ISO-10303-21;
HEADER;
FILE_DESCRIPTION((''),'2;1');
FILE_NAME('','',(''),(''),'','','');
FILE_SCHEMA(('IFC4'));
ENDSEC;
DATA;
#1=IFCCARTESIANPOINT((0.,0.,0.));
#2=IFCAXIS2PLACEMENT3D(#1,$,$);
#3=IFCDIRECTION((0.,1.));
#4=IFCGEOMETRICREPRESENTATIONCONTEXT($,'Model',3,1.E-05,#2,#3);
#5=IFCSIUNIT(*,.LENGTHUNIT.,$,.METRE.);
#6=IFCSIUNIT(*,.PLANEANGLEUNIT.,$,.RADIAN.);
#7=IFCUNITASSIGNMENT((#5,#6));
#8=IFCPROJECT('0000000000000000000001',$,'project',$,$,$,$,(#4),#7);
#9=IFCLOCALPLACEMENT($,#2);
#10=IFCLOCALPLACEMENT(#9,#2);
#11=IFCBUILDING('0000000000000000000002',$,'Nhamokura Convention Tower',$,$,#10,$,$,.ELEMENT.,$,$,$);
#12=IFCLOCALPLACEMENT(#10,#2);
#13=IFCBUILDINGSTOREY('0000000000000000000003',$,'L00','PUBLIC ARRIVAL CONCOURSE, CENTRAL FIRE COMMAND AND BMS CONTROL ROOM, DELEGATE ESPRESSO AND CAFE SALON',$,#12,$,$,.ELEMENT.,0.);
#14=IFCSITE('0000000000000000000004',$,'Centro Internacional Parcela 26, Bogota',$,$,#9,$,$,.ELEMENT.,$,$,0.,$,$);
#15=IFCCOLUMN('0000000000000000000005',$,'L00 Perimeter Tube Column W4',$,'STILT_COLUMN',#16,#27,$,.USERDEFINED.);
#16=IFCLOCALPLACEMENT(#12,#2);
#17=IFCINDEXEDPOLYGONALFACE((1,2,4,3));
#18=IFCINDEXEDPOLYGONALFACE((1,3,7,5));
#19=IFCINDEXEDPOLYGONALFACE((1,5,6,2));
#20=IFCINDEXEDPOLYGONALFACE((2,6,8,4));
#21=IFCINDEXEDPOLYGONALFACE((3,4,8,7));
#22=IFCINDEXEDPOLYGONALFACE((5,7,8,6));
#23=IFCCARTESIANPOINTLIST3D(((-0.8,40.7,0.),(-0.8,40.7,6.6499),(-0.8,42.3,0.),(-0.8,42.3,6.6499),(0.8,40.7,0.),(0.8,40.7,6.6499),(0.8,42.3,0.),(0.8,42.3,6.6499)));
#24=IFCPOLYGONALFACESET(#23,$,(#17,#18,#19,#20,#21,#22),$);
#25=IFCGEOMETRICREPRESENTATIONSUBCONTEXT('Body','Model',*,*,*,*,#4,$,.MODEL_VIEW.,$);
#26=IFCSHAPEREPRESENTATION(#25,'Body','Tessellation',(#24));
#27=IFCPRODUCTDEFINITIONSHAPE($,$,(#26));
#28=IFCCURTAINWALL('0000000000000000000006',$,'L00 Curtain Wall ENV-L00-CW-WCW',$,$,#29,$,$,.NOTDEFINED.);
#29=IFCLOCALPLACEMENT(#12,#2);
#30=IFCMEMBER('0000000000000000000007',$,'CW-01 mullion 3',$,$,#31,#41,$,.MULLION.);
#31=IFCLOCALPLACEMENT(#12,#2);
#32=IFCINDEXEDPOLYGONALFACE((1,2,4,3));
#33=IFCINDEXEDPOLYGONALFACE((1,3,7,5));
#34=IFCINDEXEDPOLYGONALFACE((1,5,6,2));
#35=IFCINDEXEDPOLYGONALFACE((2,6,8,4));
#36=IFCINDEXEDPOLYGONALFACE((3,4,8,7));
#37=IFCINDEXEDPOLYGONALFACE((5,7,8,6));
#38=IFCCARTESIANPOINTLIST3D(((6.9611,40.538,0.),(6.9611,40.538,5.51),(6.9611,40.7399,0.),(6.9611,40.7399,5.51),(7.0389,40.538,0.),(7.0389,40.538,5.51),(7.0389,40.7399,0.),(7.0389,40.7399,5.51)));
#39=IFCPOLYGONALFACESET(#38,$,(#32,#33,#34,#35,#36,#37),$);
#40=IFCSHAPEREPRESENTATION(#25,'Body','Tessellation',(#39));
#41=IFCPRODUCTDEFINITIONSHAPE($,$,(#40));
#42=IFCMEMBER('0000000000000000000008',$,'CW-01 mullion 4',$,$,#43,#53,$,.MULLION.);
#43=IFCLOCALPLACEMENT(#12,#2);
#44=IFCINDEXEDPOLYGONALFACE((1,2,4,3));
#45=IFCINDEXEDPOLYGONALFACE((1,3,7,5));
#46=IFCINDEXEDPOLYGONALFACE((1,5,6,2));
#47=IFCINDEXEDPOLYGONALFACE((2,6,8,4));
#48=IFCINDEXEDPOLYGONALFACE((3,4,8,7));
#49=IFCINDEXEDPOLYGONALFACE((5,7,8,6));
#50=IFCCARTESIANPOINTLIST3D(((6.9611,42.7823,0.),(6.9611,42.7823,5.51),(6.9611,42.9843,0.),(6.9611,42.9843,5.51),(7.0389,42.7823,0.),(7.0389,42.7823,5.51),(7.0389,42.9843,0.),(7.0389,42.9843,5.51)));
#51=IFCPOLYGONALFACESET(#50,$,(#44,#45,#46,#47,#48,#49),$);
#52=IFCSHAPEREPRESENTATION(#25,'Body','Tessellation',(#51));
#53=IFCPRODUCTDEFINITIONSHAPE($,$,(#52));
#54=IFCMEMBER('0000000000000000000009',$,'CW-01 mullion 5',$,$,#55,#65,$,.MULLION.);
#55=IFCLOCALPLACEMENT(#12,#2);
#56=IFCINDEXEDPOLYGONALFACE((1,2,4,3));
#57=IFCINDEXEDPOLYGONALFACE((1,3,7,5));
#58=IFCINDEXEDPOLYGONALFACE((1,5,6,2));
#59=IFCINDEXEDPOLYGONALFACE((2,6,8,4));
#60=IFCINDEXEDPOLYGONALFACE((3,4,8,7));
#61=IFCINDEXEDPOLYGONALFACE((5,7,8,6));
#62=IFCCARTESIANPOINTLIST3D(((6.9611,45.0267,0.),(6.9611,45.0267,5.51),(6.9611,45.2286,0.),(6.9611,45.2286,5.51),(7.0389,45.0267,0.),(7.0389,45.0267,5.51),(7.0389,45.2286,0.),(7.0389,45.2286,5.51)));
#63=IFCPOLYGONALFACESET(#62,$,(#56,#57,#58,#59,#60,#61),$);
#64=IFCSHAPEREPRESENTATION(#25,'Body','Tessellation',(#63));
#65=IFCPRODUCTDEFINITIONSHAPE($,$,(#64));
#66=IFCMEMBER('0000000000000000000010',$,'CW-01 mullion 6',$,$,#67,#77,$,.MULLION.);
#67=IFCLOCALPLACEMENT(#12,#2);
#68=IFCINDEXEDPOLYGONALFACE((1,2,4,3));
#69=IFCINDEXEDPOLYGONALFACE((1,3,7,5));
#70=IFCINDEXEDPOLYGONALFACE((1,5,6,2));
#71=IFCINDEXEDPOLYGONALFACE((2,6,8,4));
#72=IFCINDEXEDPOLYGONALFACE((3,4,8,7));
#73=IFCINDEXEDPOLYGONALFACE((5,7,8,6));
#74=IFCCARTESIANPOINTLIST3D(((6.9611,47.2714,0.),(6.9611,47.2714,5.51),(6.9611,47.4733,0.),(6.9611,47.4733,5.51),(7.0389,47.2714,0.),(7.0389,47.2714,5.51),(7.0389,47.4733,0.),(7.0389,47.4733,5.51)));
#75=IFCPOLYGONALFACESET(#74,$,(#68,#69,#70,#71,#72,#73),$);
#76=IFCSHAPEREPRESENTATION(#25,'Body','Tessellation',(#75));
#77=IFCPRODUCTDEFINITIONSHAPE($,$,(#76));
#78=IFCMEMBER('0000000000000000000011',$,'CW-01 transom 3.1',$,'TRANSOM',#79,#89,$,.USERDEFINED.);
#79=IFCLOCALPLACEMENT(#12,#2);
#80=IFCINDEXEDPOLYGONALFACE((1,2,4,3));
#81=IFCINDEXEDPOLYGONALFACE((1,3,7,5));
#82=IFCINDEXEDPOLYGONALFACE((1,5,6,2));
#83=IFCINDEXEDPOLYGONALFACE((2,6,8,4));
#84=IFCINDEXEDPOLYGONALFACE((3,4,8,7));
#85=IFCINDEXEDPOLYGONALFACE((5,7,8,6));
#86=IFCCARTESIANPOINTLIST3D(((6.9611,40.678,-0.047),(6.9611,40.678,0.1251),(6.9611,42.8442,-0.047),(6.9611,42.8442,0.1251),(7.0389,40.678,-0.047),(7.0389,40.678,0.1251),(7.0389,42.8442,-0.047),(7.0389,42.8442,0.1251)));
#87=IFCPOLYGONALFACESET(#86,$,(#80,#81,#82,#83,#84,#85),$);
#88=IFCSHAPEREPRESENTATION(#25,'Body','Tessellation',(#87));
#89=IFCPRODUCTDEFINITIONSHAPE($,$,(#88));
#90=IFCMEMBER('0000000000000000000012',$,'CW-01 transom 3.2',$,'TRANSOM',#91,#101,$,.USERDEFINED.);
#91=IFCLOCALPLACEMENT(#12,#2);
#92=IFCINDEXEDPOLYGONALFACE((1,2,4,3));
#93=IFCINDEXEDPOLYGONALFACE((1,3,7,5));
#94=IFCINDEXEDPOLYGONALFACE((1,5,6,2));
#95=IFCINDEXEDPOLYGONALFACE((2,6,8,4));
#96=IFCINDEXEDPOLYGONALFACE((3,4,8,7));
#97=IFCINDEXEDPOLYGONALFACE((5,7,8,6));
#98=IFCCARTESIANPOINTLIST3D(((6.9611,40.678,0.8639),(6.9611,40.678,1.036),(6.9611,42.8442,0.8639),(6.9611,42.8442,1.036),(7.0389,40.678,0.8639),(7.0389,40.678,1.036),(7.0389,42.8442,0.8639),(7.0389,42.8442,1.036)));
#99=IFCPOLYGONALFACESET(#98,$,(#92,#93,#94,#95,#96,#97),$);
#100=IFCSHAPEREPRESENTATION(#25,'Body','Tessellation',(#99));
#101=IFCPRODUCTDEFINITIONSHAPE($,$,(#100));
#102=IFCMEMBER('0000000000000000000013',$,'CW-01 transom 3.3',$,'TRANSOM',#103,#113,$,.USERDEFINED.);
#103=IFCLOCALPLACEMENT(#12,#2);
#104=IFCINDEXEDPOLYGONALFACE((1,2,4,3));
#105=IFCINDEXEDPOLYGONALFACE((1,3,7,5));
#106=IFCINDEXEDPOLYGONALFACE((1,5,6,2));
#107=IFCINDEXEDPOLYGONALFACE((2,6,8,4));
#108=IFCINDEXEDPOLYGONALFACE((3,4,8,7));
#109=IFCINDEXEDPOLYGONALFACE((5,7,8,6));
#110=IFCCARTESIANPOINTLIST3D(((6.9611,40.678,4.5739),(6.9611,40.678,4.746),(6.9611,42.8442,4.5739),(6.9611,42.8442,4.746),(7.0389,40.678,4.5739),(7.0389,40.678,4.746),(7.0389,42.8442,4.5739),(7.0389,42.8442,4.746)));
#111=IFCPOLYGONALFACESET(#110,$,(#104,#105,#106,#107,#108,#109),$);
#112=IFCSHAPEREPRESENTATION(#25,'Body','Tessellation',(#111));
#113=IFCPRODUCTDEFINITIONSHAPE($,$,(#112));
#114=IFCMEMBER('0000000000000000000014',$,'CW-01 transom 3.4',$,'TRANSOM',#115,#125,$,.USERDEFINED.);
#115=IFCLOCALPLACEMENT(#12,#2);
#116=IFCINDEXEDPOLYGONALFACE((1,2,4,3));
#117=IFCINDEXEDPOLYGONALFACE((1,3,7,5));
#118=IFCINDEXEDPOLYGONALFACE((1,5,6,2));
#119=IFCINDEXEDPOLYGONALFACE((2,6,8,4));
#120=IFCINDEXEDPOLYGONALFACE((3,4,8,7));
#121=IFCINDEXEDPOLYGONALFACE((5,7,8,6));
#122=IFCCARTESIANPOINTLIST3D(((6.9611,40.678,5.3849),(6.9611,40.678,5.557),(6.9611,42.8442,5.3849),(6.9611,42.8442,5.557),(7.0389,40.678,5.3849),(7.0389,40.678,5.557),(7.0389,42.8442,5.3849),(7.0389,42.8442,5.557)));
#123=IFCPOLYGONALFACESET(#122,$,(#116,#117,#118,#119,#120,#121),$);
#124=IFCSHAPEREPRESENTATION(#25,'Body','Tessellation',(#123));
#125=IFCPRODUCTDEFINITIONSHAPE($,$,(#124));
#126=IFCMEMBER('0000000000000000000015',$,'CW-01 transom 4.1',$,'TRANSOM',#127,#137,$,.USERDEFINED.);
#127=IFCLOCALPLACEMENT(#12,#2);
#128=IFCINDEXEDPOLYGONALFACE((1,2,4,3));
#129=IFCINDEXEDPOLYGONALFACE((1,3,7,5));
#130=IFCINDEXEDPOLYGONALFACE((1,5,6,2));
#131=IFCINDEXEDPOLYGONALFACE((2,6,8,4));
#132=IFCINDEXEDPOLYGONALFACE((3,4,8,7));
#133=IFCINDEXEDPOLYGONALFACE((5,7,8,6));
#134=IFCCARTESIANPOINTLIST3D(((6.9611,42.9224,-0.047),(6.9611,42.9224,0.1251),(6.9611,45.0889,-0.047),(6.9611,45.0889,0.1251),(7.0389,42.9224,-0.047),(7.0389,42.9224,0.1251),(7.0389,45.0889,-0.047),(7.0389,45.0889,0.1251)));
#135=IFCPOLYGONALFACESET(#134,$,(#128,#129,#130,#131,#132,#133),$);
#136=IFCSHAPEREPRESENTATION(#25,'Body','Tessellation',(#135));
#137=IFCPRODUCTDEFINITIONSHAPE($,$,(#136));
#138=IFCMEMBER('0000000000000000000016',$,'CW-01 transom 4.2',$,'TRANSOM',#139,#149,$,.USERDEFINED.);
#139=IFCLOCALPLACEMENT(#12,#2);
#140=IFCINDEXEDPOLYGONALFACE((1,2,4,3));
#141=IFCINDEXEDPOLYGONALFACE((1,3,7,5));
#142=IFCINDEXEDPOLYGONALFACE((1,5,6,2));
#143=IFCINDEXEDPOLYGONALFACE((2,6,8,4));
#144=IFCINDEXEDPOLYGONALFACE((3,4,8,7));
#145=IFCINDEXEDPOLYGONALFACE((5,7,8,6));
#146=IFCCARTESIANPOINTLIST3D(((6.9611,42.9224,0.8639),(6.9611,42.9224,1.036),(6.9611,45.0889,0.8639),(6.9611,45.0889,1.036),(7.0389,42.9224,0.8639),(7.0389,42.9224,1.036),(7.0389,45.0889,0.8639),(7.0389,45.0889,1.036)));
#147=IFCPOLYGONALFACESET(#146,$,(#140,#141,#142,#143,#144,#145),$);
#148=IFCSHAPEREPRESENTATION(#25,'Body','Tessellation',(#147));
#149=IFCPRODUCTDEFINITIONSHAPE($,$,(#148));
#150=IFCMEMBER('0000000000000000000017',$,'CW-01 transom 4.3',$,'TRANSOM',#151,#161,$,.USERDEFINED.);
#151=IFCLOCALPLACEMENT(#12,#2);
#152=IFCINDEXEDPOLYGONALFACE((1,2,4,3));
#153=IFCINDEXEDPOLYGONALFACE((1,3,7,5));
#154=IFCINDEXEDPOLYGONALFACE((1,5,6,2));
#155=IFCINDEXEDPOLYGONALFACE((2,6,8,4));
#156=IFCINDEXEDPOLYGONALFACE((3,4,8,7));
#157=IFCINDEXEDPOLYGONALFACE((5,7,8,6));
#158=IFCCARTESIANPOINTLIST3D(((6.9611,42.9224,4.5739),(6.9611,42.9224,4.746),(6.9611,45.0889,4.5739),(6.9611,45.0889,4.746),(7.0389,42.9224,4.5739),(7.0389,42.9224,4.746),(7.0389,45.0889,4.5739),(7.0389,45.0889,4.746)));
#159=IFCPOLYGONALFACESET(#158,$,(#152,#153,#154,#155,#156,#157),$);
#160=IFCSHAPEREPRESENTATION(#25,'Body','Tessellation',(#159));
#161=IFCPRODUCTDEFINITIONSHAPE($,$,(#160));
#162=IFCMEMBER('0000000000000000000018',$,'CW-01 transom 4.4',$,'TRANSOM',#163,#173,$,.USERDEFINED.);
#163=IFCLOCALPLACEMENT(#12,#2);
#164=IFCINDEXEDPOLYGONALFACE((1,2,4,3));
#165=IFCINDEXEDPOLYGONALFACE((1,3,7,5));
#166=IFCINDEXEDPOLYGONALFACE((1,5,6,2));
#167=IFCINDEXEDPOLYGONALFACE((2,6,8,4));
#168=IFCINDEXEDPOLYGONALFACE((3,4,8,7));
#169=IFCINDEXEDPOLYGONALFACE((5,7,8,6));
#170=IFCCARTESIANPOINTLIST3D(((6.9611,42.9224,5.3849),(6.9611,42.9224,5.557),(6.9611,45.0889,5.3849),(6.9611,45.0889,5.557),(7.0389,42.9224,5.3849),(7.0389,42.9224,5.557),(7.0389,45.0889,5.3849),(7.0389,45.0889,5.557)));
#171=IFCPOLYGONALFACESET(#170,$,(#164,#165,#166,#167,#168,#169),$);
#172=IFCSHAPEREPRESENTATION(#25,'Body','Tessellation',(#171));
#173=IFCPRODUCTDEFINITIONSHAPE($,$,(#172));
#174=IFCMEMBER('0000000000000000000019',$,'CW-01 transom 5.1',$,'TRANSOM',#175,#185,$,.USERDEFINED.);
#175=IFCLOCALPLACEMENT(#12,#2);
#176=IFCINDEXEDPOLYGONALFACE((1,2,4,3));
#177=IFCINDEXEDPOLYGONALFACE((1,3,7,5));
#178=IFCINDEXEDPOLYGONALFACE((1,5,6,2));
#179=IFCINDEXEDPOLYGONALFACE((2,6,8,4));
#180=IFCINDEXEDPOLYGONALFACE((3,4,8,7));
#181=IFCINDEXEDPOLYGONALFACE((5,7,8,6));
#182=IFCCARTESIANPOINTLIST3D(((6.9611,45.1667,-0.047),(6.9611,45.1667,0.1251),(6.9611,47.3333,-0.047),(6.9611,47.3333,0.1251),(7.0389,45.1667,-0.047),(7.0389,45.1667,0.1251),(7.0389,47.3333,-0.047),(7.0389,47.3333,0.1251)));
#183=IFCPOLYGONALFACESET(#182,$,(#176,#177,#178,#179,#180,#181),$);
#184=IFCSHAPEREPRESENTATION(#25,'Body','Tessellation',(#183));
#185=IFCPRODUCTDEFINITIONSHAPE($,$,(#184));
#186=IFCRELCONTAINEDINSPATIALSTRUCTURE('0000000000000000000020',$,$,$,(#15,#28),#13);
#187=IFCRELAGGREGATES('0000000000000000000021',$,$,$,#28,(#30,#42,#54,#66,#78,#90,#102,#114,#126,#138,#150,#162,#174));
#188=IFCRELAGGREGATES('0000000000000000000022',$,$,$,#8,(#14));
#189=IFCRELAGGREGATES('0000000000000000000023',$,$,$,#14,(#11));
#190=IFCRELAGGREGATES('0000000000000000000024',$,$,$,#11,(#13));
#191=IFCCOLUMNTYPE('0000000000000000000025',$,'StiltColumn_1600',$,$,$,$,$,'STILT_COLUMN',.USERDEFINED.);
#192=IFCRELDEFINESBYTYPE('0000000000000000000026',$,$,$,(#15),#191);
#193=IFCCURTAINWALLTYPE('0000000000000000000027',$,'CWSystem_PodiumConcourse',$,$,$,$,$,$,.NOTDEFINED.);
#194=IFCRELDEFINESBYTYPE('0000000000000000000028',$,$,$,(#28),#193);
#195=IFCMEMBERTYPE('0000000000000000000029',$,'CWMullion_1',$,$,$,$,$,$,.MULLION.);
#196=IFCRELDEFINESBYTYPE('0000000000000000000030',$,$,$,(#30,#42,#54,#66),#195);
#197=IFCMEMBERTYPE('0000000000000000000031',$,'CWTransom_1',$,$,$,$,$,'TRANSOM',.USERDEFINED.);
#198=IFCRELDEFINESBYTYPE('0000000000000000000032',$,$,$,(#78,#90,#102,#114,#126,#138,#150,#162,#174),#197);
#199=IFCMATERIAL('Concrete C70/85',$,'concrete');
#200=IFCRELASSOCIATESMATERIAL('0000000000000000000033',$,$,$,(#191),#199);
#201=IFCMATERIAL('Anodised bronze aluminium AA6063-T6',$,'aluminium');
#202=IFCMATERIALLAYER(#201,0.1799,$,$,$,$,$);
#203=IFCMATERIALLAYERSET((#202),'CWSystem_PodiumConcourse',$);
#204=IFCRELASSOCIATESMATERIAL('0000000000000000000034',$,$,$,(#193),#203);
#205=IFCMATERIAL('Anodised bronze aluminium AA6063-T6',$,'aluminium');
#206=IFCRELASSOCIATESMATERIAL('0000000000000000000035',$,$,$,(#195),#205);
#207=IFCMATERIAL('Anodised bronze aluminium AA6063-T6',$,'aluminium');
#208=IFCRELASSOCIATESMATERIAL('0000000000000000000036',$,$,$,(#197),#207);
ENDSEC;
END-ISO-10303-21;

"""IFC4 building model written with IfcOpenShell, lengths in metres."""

from ifc_helpers import new_model, si_unit, direction, frame, origin, origin_2d, place, context, subcontext, project, spatial, rectangle, extrude, material, layer, layer_set, material_profile, profile_set, type_object, element, aggregate, save


model = new_model("IFC4")

# Units and contexts
model_context = context("Model", 3, precision=1e-05, world=origin(), true_north=direction((0.0, 1.0)))
body_context = subcontext(model_context, "Body", "Model", "MODEL_VIEW")
ifc_project = project(units=[si_unit("LENGTHUNIT", "METRE"), si_unit("PLANEANGLEUNIT", "RADIAN")], contexts=[model_context])

# Site, building, storey
site_placement = place(None, origin())
site = spatial("IfcSite", under=ifc_project, at=site_placement, Name="Centro Internacional Parcela 26, Bogota", CompositionType="ELEMENT", RefElevation=0.0)
building_placement = place(site_placement, origin())
building = spatial("IfcBuilding", under=site, at=building_placement, Name="Nhamokura Convention Tower", CompositionType="ELEMENT")
storey_placement = place(building_placement, origin())
storey = spatial("IfcBuildingStorey", under=building, at=storey_placement, Name="L00", Description="PUBLIC ARRIVAL CONCOURSE, CENTRAL FIRE COMMAND AND BMS CONTROL ROOM, DELEGATE ESPRESSO AND CAFE SALON", CompositionType="ELEMENT", Elevation=0.0)

# Column
ifc_material_1 = material(Name="Concrete C70/85", Category="concrete")
ifc_material_profile_1 = material_profile(ifc_material_1, rectangle(XDim=1.6001, YDim=1.6001, at=origin_2d()))
ifc_profile_set_1 = profile_set([ifc_material_profile_1], Name="Concrete C70/85")
column_type = type_object("IfcColumnType", Name="StiltColumn_1600", ElementType="STILT_COLUMN", PredefinedType="USERDEFINED", material=ifc_profile_set_1)
column_placement = place(storey_placement, frame((0.0, 41.5, 0.0), z_axis=(0.0, 0.0, 1.0), x_axis=(1.0, 0.0, 0.0)))
element("IfcColumn", 1, at=column_placement, inside=storey, type_object=column_type, Name="L00 Perimeter Tube Column W4", ObjectType="STILT_COLUMN", PredefinedType="USERDEFINED", context=body_context, shape_type="SweptSolid", body=[
    extrude(rectangle(XDim=1.6001, YDim=1.6001, at=origin_2d()), origin(), (0.0, 0.0, 1.0), 6.6499),
])

# Curtain wall, members
ifc_material_2 = material(Name="Anodised bronze aluminium AA6063-T6", Category="aluminium")
ifc_layer_1 = layer(ifc_material_2, 0.1799)
ifc_layer_set_1 = layer_set([ifc_layer_1], Name="CWSystem_PodiumConcourse")
curtain_wall_type = type_object("IfcCurtainWallType", Name="CWSystem_PodiumConcourse", PredefinedType="NOTDEFINED", material=ifc_layer_set_1)
curtain_wall_placement = place(storey_placement, origin())
curtain_wall = element("IfcCurtainWall", 2, at=curtain_wall_placement, inside=storey, type_object=curtain_wall_type, Name="L00 Curtain Wall ENV-L00-CW-WCW", PredefinedType="NOTDEFINED")
ifc_material_3 = material(Name="Anodised bronze aluminium AA6063-T6", Category="aluminium")
ifc_material_profile_2 = material_profile(ifc_material_3, rectangle(XDim=0.0779, YDim=0.2019, at=origin_2d()))
ifc_profile_set_2 = profile_set([ifc_material_profile_2], Name="Anodised bronze aluminium AA6063-T6")
member_type_1 = type_object("IfcMemberType", Name="CWMullion_1", PredefinedType="MULLION", material=ifc_profile_set_2)
member_1_placement = place(storey_placement, frame((7.0, 40.6389, 0.0), z_axis=(0.0, 0.0, 1.0), x_axis=(-1.0, 0.0, 0.0)))
member_1 = element("IfcMember", 3, at=member_1_placement, type_object=member_type_1, Name="CW-01 mullion 3", PredefinedType="MULLION", context=body_context, shape_type="SweptSolid", body=[
    extrude(rectangle(XDim=0.0779, YDim=0.2019, at=origin_2d()), origin(), (0.0, 0.0, 1.0), 5.51),
])
member_2_placement = place(storey_placement, frame((7.0, 42.8833, 0.0), z_axis=(0.0, 0.0, 1.0), x_axis=(-1.0, 0.0, 0.0)))
member_2 = element("IfcMember", 4, at=member_2_placement, type_object=member_type_1, Name="CW-01 mullion 4", PredefinedType="MULLION", context=body_context, shape_type="SweptSolid", body=[
    extrude(rectangle(XDim=0.0779, YDim=0.2019, at=origin_2d()), origin(), (0.0, 0.0, 1.0), 5.51),
])
member_3_placement = place(storey_placement, frame((7.0, 45.1277, 0.0), z_axis=(0.0, 0.0, 1.0), x_axis=(-1.0, 0.0, 0.0)))
member_3 = element("IfcMember", 5, at=member_3_placement, type_object=member_type_1, Name="CW-01 mullion 5", PredefinedType="MULLION", context=body_context, shape_type="SweptSolid", body=[
    extrude(rectangle(XDim=0.0779, YDim=0.2019, at=origin_2d()), origin(), (0.0, 0.0, 1.0), 5.51),
])
member_4_placement = place(storey_placement, frame((7.0, 47.3723, 0.0), z_axis=(0.0, 0.0, 1.0), x_axis=(-1.0, 0.0, 0.0)))
member_4 = element("IfcMember", 6, at=member_4_placement, type_object=member_type_1, Name="CW-01 mullion 6", PredefinedType="MULLION", context=body_context, shape_type="SweptSolid", body=[
    extrude(rectangle(XDim=0.0779, YDim=0.2019, at=origin_2d()), origin(), (0.0, 0.0, 1.0), 5.51),
])
ifc_material_4 = material(Name="Anodised bronze aluminium AA6063-T6", Category="aluminium")
ifc_material_profile_3 = material_profile(ifc_material_4, rectangle(XDim=0.0779, YDim=0.1721, at=origin_2d()))
ifc_profile_set_3 = profile_set([ifc_material_profile_3], Name="Anodised bronze aluminium AA6063-T6")
member_type_2 = type_object("IfcMemberType", Name="CWTransom_1", ElementType="TRANSOM", PredefinedType="USERDEFINED", material=ifc_profile_set_3)
member_5_placement = place(storey_placement, frame((7.0, 40.678, 0.0391), z_axis=(0.0, 1.0, 0.0), x_axis=(-1.0, 0.0, 0.0)))
member_5 = element("IfcMember", 7, at=member_5_placement, type_object=member_type_2, Name="CW-01 transom 3.1", ObjectType="TRANSOM", PredefinedType="USERDEFINED", context=body_context, shape_type="SweptSolid", body=[
    extrude(rectangle(XDim=0.0779, YDim=0.1721, at=origin_2d()), origin(), (0.0, 0.0, 1.0), 2.1663),
])
member_6_placement = place(storey_placement, frame((7.0, 40.678, 0.95), z_axis=(0.0, 1.0, 0.0), x_axis=(-1.0, 0.0, 0.0)))
member_6 = element("IfcMember", 8, at=member_6_placement, type_object=member_type_2, Name="CW-01 transom 3.2", ObjectType="TRANSOM", PredefinedType="USERDEFINED", context=body_context, shape_type="SweptSolid", body=[
    extrude(rectangle(XDim=0.0779, YDim=0.1721, at=origin_2d()), origin(), (0.0, 0.0, 1.0), 2.1663),
])
member_7_placement = place(storey_placement, frame((7.0, 40.678, 4.6599), z_axis=(0.0, 1.0, 0.0), x_axis=(-1.0, 0.0, 0.0)))
member_7 = element("IfcMember", 9, at=member_7_placement, type_object=member_type_2, Name="CW-01 transom 3.3", ObjectType="TRANSOM", PredefinedType="USERDEFINED", context=body_context, shape_type="SweptSolid", body=[
    extrude(rectangle(XDim=0.0779, YDim=0.1721, at=origin_2d()), origin(), (0.0, 0.0, 1.0), 2.1663),
])
member_8_placement = place(storey_placement, frame((7.0, 40.678, 5.4709), z_axis=(0.0, 1.0, 0.0), x_axis=(-1.0, 0.0, 0.0)))
member_8 = element("IfcMember", 10, at=member_8_placement, type_object=member_type_2, Name="CW-01 transom 3.4", ObjectType="TRANSOM", PredefinedType="USERDEFINED", context=body_context, shape_type="SweptSolid", body=[
    extrude(rectangle(XDim=0.0779, YDim=0.1721, at=origin_2d()), origin(), (0.0, 0.0, 1.0), 2.1663),
])
member_9_placement = place(storey_placement, frame((7.0, 42.9224, 0.0391), z_axis=(0.0, 1.0, 0.0), x_axis=(-1.0, 0.0, 0.0)))
member_9 = element("IfcMember", 11, at=member_9_placement, type_object=member_type_2, Name="CW-01 transom 4.1", ObjectType="TRANSOM", PredefinedType="USERDEFINED", context=body_context, shape_type="SweptSolid", body=[
    extrude(rectangle(XDim=0.0779, YDim=0.1721, at=origin_2d()), origin(), (0.0, 0.0, 1.0), 2.1665),
])
member_10_placement = place(storey_placement, frame((7.0, 42.9224, 0.95), z_axis=(0.0, 1.0, 0.0), x_axis=(-1.0, 0.0, 0.0)))
member_10 = element("IfcMember", 12, at=member_10_placement, type_object=member_type_2, Name="CW-01 transom 4.2", ObjectType="TRANSOM", PredefinedType="USERDEFINED", context=body_context, shape_type="SweptSolid", body=[
    extrude(rectangle(XDim=0.0779, YDim=0.1721, at=origin_2d()), origin(), (0.0, 0.0, 1.0), 2.1665),
])
member_11_placement = place(storey_placement, frame((7.0, 42.9224, 4.6599), z_axis=(0.0, 1.0, 0.0), x_axis=(-1.0, 0.0, 0.0)))
member_11 = element("IfcMember", 13, at=member_11_placement, type_object=member_type_2, Name="CW-01 transom 4.3", ObjectType="TRANSOM", PredefinedType="USERDEFINED", context=body_context, shape_type="SweptSolid", body=[
    extrude(rectangle(XDim=0.0779, YDim=0.1721, at=origin_2d()), origin(), (0.0, 0.0, 1.0), 2.1665),
])
member_12_placement = place(storey_placement, frame((7.0, 42.9224, 5.4709), z_axis=(0.0, 1.0, 0.0), x_axis=(-1.0, 0.0, 0.0)))
member_12 = element("IfcMember", 14, at=member_12_placement, type_object=member_type_2, Name="CW-01 transom 4.4", ObjectType="TRANSOM", PredefinedType="USERDEFINED", context=body_context, shape_type="SweptSolid", body=[
    extrude(rectangle(XDim=0.0779, YDim=0.1721, at=origin_2d()), origin(), (0.0, 0.0, 1.0), 2.1665),
])
member_13_placement = place(storey_placement, frame((7.0, 45.1667, 0.0391), z_axis=(0.0, 1.0, 0.0), x_axis=(-1.0, 0.0, 0.0)))
member_13 = element("IfcMember", 15, at=member_13_placement, type_object=member_type_2, Name="CW-01 transom 5.1", ObjectType="TRANSOM", PredefinedType="USERDEFINED", context=body_context, shape_type="SweptSolid", body=[
    extrude(rectangle(XDim=0.0779, YDim=0.1721, at=origin_2d()), origin(), (0.0, 0.0, 1.0), 2.1665),
])

aggregate(curtain_wall, [member_1, member_2, member_3, member_4, member_5, member_6, member_7, member_8, member_9, member_10, member_11, member_12, member_13])

save(model, "model.ifc")
